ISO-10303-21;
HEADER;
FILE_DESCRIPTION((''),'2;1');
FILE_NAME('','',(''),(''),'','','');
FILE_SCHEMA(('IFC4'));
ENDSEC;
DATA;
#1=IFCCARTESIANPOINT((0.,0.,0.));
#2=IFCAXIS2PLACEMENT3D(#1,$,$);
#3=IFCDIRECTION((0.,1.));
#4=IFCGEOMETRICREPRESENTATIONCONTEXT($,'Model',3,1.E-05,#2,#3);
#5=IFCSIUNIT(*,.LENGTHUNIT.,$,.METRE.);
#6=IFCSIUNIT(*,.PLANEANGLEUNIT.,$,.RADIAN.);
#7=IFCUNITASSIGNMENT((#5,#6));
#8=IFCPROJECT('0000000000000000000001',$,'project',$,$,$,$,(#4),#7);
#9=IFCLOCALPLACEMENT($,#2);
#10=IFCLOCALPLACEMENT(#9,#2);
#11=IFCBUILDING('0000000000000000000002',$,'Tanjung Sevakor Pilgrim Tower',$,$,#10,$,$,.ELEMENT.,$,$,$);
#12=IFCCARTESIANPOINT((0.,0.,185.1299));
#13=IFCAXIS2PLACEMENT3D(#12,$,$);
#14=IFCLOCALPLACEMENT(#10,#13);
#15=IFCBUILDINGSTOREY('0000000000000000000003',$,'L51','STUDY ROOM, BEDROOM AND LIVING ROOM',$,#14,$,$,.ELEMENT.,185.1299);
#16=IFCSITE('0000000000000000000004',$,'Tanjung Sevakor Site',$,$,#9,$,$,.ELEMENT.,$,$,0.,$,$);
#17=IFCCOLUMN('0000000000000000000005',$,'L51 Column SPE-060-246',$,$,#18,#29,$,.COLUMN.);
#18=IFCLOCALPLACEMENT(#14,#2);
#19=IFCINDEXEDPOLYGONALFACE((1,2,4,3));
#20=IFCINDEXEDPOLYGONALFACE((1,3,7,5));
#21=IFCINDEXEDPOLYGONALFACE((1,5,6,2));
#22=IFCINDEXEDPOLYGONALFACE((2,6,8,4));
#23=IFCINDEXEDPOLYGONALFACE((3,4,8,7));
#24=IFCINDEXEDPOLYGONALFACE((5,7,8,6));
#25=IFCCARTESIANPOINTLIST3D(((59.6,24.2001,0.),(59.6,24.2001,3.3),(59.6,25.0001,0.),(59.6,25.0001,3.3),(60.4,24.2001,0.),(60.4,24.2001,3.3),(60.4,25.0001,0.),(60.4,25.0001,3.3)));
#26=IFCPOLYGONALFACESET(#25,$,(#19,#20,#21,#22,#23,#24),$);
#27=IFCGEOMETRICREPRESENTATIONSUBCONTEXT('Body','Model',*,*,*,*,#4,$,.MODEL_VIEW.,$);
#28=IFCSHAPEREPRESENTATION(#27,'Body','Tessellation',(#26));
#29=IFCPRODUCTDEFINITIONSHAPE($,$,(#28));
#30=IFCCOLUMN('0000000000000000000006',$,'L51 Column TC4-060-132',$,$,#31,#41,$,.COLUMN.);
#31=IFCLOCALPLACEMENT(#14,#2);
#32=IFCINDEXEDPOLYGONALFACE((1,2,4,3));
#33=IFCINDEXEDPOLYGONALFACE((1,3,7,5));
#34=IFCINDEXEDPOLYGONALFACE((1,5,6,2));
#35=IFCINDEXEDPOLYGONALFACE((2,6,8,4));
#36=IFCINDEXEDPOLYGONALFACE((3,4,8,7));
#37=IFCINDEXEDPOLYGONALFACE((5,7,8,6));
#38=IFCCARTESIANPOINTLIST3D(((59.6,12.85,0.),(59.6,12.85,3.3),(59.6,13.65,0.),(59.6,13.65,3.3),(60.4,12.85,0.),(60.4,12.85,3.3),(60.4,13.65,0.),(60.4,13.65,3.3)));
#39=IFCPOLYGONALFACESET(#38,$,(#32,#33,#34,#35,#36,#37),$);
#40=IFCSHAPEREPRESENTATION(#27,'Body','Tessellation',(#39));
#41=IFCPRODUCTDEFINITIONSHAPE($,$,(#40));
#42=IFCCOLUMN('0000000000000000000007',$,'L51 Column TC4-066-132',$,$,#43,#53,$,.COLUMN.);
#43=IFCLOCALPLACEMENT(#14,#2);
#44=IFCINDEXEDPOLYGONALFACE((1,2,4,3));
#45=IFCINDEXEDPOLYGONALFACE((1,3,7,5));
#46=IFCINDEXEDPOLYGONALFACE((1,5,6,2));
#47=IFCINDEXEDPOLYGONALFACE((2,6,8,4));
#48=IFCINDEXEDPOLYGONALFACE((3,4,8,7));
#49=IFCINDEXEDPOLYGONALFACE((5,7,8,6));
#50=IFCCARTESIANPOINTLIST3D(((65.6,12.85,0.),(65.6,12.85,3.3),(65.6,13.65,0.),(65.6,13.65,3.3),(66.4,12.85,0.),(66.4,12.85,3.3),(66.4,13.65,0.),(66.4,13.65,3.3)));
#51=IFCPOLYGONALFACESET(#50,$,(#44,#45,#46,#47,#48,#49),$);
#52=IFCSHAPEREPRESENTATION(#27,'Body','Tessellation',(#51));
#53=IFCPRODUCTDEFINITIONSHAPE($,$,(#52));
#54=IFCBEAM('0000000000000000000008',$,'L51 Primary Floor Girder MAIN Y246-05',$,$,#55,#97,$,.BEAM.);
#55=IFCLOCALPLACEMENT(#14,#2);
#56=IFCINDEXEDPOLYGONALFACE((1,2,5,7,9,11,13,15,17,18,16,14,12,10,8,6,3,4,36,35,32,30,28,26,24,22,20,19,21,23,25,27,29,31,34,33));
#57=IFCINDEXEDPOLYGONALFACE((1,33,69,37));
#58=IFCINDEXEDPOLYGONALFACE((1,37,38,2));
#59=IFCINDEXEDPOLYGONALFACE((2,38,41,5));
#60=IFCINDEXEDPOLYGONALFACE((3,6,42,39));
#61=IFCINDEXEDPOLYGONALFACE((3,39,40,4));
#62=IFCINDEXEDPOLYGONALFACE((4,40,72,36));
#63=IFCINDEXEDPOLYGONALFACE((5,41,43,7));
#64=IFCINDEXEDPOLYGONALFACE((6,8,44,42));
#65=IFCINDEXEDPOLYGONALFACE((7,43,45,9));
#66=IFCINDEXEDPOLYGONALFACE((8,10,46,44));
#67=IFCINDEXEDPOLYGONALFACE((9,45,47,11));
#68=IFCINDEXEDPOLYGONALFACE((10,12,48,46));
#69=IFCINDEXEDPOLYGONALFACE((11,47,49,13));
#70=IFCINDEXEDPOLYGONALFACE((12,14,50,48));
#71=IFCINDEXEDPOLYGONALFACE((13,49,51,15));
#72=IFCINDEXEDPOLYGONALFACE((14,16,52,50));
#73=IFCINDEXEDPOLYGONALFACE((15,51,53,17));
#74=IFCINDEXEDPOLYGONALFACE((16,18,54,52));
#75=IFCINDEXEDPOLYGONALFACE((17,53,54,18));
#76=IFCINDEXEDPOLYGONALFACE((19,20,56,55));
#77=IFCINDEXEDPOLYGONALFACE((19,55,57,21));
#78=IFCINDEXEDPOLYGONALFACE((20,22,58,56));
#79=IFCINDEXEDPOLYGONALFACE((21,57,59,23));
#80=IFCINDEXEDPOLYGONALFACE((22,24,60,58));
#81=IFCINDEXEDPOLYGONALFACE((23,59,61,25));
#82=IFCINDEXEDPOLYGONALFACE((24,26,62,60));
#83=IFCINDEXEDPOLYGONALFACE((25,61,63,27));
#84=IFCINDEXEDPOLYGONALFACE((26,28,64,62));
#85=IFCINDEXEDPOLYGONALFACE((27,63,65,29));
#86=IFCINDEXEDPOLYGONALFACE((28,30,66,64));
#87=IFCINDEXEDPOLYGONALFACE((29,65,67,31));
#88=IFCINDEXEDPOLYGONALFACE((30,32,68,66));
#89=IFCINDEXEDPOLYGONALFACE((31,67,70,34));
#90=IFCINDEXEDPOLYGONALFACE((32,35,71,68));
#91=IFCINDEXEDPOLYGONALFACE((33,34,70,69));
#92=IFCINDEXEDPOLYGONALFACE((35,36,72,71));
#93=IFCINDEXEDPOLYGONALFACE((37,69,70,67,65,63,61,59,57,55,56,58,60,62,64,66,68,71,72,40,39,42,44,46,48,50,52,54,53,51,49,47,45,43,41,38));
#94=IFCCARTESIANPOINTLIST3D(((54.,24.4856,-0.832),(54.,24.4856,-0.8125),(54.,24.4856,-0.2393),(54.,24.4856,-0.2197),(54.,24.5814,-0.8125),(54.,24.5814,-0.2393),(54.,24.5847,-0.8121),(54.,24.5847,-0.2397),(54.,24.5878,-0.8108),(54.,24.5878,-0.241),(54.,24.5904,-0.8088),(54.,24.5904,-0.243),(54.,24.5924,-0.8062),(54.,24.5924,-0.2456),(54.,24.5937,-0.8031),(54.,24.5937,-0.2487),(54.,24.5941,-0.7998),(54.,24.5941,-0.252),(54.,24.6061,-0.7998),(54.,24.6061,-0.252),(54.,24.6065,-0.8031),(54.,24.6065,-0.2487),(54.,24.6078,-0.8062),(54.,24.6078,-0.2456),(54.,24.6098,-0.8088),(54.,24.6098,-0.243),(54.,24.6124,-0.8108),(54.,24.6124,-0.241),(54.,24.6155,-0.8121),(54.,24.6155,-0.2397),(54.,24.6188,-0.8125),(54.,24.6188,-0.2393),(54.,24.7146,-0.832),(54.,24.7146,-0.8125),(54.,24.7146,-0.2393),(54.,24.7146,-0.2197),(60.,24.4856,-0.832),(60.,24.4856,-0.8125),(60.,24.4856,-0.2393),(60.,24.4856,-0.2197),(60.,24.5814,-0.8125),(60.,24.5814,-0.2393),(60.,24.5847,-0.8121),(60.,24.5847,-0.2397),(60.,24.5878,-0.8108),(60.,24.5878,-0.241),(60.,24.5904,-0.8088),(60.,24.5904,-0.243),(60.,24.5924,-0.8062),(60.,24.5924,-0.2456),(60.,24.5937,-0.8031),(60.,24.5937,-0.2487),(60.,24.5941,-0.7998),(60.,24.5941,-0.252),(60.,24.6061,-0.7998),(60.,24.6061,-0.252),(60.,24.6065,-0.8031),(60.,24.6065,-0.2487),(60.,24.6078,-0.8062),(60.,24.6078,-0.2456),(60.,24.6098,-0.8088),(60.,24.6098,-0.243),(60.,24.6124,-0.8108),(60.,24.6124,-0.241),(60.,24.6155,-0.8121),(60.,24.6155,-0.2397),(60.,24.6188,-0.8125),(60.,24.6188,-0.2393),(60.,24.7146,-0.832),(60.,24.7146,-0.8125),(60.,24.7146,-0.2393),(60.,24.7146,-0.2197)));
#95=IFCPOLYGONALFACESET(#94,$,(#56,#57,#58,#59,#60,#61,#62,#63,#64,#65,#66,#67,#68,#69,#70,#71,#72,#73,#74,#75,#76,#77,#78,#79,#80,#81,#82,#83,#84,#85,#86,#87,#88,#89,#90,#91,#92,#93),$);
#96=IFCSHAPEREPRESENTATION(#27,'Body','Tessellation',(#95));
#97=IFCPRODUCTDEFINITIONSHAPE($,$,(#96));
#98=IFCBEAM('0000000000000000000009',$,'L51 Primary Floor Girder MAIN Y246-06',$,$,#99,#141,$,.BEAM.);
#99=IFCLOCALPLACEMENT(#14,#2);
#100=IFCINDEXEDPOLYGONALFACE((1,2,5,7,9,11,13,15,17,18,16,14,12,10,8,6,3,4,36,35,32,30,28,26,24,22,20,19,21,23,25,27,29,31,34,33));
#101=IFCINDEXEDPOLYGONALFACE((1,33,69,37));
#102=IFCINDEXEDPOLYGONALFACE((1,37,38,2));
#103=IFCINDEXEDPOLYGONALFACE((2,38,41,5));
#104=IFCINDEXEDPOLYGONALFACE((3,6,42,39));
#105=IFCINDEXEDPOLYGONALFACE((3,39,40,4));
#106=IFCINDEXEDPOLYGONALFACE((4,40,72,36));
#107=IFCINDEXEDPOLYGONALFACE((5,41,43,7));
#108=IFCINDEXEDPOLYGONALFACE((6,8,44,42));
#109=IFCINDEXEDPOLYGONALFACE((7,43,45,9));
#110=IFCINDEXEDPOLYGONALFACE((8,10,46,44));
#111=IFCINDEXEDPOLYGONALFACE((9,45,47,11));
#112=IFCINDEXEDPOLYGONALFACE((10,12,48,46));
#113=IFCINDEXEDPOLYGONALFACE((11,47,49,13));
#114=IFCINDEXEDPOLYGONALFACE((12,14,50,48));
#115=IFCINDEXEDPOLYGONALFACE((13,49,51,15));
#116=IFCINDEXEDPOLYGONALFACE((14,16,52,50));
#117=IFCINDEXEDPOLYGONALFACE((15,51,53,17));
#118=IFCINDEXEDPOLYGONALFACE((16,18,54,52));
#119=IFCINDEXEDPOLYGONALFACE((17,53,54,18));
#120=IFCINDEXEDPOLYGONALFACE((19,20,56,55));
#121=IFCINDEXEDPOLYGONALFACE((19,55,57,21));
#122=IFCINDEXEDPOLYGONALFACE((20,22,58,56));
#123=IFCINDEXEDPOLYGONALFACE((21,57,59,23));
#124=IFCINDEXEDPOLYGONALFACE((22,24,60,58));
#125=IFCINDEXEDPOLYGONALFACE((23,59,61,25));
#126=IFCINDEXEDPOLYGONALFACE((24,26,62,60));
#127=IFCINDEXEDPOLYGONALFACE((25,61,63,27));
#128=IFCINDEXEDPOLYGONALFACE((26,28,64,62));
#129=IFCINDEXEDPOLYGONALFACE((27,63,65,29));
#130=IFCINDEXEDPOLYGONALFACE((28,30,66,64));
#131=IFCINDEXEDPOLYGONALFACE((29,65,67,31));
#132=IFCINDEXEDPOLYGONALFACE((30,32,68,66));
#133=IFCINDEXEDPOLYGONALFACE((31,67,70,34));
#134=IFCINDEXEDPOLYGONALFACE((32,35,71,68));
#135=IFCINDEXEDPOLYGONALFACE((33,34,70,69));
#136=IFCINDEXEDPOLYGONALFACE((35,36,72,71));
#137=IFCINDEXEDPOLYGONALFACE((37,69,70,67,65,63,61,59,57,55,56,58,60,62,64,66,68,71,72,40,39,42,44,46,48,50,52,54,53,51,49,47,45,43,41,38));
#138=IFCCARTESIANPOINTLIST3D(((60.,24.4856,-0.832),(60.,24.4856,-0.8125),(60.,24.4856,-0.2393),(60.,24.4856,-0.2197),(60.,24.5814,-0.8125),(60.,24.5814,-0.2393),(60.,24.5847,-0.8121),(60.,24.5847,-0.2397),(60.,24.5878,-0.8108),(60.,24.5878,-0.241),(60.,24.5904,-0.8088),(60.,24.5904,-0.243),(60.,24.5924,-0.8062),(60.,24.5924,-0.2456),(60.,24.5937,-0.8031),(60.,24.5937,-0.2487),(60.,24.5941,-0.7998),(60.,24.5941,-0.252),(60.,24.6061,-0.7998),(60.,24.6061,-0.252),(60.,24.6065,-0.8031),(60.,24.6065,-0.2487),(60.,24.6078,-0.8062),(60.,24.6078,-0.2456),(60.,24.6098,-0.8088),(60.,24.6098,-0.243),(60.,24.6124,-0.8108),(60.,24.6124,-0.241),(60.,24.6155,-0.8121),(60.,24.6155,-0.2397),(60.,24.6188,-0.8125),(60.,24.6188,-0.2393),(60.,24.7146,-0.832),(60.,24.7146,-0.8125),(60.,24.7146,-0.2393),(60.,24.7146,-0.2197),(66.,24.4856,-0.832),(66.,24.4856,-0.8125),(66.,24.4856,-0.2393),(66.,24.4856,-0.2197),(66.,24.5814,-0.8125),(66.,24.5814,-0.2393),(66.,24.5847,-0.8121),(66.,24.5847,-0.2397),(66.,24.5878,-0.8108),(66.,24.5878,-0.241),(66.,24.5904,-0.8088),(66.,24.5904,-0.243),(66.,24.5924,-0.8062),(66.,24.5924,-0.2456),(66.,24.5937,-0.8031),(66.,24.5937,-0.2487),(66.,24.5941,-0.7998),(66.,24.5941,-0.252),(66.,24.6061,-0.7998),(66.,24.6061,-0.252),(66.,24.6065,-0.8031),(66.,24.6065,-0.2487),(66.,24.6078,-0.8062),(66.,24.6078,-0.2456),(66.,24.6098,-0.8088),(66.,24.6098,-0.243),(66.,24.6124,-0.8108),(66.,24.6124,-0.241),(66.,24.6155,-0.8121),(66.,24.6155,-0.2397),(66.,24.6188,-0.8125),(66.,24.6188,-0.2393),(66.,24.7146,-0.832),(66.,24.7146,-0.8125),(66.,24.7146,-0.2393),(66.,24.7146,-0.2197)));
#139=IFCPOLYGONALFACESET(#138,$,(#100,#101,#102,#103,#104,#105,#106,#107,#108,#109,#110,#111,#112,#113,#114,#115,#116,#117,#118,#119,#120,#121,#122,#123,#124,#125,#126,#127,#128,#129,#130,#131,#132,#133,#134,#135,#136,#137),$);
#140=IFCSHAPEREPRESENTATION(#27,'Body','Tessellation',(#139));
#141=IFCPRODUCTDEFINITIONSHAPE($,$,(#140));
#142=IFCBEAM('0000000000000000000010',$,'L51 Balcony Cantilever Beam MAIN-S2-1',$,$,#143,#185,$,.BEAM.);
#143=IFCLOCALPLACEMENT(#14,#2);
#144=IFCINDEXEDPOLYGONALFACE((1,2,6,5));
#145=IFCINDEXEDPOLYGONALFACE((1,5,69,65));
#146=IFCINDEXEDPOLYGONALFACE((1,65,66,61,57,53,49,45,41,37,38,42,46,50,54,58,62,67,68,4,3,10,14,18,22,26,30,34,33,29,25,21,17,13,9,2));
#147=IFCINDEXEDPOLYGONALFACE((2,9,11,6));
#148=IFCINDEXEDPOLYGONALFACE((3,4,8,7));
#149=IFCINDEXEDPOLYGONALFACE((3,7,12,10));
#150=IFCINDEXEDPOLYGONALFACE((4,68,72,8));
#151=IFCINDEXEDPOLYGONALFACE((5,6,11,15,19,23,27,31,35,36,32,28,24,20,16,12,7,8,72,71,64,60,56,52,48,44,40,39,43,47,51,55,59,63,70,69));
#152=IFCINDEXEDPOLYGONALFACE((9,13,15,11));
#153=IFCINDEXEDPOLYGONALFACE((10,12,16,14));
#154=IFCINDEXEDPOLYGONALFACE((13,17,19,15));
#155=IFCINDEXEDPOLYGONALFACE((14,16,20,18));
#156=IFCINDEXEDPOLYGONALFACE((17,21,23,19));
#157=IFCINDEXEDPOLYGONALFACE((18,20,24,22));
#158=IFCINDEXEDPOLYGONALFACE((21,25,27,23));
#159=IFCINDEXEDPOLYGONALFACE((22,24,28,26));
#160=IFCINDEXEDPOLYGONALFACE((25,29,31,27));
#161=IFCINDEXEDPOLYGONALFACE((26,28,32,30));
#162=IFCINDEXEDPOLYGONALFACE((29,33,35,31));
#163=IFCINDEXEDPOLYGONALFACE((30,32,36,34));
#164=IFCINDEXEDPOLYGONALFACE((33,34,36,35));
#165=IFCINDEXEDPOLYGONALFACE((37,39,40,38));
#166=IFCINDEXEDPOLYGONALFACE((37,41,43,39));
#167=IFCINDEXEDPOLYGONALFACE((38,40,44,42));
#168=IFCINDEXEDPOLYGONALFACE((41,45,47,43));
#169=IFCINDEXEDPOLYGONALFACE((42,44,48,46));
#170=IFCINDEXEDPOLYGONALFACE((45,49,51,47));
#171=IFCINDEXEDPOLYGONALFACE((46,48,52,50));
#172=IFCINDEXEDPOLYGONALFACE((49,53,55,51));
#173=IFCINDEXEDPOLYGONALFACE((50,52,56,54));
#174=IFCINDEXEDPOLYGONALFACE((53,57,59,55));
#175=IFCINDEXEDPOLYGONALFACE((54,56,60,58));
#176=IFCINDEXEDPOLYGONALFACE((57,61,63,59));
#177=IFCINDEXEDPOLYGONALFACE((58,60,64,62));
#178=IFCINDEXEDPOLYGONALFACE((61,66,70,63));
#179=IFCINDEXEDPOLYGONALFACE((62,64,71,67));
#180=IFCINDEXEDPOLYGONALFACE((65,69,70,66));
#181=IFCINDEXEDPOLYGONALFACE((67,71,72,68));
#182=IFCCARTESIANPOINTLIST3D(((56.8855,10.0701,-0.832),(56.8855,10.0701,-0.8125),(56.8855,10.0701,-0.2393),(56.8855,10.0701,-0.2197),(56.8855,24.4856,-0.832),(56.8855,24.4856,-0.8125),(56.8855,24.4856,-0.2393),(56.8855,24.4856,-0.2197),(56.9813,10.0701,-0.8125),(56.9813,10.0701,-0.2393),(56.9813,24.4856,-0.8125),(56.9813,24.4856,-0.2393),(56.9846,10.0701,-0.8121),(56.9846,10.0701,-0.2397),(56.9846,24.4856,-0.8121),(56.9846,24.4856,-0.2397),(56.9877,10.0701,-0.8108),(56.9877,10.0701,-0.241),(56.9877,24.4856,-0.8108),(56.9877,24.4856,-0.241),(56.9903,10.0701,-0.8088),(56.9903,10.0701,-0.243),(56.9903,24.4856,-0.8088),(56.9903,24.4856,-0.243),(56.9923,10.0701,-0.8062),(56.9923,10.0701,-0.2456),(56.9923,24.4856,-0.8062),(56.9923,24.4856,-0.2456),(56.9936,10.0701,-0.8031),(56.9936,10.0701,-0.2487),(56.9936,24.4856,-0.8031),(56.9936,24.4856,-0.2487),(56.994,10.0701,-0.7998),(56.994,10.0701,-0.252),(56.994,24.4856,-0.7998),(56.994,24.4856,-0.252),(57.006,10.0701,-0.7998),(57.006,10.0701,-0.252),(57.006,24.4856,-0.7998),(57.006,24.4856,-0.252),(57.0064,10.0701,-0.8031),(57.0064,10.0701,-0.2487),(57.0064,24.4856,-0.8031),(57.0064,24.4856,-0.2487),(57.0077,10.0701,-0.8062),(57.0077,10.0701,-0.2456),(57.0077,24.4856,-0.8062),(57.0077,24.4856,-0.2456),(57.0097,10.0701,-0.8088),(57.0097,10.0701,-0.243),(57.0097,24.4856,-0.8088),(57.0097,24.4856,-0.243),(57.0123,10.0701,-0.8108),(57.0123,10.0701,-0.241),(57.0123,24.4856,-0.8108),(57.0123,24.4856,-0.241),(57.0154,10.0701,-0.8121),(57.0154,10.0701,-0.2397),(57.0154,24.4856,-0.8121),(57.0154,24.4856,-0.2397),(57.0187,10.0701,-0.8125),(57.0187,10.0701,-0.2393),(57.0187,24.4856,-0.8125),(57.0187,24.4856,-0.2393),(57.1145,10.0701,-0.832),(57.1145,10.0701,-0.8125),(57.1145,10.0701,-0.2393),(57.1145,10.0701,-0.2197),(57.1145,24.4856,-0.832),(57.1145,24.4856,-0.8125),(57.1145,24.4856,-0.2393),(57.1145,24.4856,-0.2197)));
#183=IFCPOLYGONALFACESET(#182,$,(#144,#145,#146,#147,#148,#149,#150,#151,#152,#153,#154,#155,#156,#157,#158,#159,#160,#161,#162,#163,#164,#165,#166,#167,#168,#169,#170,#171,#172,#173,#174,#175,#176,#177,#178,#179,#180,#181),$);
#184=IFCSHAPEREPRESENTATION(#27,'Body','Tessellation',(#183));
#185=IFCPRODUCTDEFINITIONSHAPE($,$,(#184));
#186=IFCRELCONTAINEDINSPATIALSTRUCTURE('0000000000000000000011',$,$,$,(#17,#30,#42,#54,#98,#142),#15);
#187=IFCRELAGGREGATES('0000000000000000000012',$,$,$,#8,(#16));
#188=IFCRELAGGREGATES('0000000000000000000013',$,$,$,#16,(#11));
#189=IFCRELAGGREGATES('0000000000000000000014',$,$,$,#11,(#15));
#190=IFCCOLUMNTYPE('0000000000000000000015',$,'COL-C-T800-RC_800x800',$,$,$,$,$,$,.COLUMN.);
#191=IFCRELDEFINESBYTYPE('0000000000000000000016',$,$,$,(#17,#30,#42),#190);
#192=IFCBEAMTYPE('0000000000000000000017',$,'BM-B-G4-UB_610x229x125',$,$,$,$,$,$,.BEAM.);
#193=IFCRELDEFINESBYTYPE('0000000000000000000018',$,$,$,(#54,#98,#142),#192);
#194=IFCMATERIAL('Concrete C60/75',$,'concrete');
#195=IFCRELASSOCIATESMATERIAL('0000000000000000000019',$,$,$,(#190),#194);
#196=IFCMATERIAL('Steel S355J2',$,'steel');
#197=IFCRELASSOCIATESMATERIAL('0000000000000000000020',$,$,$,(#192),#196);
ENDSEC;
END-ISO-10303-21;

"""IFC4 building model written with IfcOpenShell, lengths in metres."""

from ifc_helpers import new_model, si_unit, direction, frame, origin, origin_2d, place, context, subcontext, project, spatial, rectangle, i_section, extrude, material, material_profile, profile_set, type_object, element, save


model = new_model("IFC4")

# Units and contexts
model_context = context("Model", 3, precision=1e-05, world=origin(), true_north=direction((0.0, 1.0)))
body_context = subcontext(model_context, "Body", "Model", "MODEL_VIEW")
ifc_project = project(units=[si_unit("LENGTHUNIT", "METRE"), si_unit("PLANEANGLEUNIT", "RADIAN")], contexts=[model_context])

# Site, building, storey
site_placement = place(None, origin())
site = spatial("IfcSite", under=ifc_project, at=site_placement, Name="Tanjung Sevakor Site", CompositionType="ELEMENT", RefElevation=0.0)
building_placement = place(site_placement, origin())
building = spatial("IfcBuilding", under=site, at=building_placement, Name="Tanjung Sevakor Pilgrim Tower", CompositionType="ELEMENT")
storey_placement = place(building_placement, frame((0.0, 0.0, 185.1299)))
storey = spatial("IfcBuildingStorey", under=building, at=storey_placement, Name="L51", Description="STUDY ROOM, BEDROOM AND LIVING ROOM", CompositionType="ELEMENT", Elevation=185.1299)

# Columns
ifc_material_1 = material(Name="Concrete C60/75", Category="concrete")
ifc_material_profile_1 = material_profile(ifc_material_1, rectangle(XDim=0.8, YDim=0.8, at=origin_2d()))
ifc_profile_set_1 = profile_set([ifc_material_profile_1], Name="Concrete C60/75")
column_type = type_object("IfcColumnType", Name="COL-C-T800-RC_800x800", PredefinedType="COLUMN", material=ifc_profile_set_1)
for number, where, z_axis, x_axis, name in (
    (1, (60.0, 24.6001, 0.0), (0.0, 0.0, 1.0), (1.0, 0.0, 0.0), "L51 Column SPE-060-246"),
    (2, (60.0, 13.25, 0.0), (0.0, 0.0, 1.0), (1.0, 0.0, 0.0), "L51 Column TC4-060-132"),
    (3, (66.0, 13.25, 0.0), (0.0, 0.0, 1.0), (1.0, 0.0, 0.0), "L51 Column TC4-066-132"),
):
    element("IfcColumn", number, at=place(storey_placement, frame(where, z_axis=z_axis, x_axis=x_axis)), inside=storey, type_object=column_type, Name=name, PredefinedType="COLUMN", context=body_context, shape_type="SweptSolid", body=[
        extrude(rectangle(XDim=0.8, YDim=0.8, at=origin_2d()), origin(), (0.0, 0.0, 1.0), 3.3),
    ])

# Beams
ifc_material_2 = material(Name="Steel S355J2", Category="steel")
ifc_material_profile_2 = material_profile(ifc_material_2, i_section(OverallWidth=0.229, OverallDepth=0.6123, WebThickness=0.012, FlangeThickness=0.0195, FilletRadius=0.0127, at=origin_2d()))
ifc_profile_set_2 = profile_set([ifc_material_profile_2], Name="Steel S355J2")
beam_type_1 = type_object("IfcBeamType", Name="BM-B-G4-UB_610x229x125", PredefinedType="BEAM", material=ifc_profile_set_2)
for number, where, z_axis, x_axis, name in (
    (4, (54.0, 24.6001, -0.5259), (1.0, 0.0, 0.0), (0.0, 1.0, 0.0), "L51 Primary Floor Girder MAIN Y246-05"),
    (5, (60.0, 24.6001, -0.5259), (1.0, 0.0, 0.0), (0.0, 1.0, 0.0), "L51 Primary Floor Girder MAIN Y246-06"),
):
    element("IfcBeam", number, at=place(storey_placement, frame(where, z_axis=z_axis, x_axis=x_axis)), inside=storey, type_object=beam_type_1, Name=name, PredefinedType="BEAM", context=body_context, shape_type="SweptSolid", body=[
        extrude(i_section(OverallWidth=0.229, OverallDepth=0.6123, WebThickness=0.012, FlangeThickness=0.0195, FilletRadius=0.0127, at=origin_2d()), origin(), (0.0, 0.0, 1.0), 6.0),
    ])
beam_1_placement = place(storey_placement, frame((57.0, 24.4856, -0.5259), z_axis=(0.0, -1.0, 0.0), x_axis=(1.0, 0.0, 0.0)))
element("IfcBeam", 6, at=beam_1_placement, inside=storey, type_object=beam_type_1, Name="L51 Balcony Cantilever Beam MAIN-S2-1", PredefinedType="BEAM", context=body_context, shape_type="SweptSolid", body=[
    extrude(i_section(OverallWidth=0.229, OverallDepth=0.6123, WebThickness=0.012, FlangeThickness=0.0195, FilletRadius=0.0127, at=origin_2d()), origin(), (0.0, 0.0, 1.0), 14.4155),
])

save(model, "model.ifc")
